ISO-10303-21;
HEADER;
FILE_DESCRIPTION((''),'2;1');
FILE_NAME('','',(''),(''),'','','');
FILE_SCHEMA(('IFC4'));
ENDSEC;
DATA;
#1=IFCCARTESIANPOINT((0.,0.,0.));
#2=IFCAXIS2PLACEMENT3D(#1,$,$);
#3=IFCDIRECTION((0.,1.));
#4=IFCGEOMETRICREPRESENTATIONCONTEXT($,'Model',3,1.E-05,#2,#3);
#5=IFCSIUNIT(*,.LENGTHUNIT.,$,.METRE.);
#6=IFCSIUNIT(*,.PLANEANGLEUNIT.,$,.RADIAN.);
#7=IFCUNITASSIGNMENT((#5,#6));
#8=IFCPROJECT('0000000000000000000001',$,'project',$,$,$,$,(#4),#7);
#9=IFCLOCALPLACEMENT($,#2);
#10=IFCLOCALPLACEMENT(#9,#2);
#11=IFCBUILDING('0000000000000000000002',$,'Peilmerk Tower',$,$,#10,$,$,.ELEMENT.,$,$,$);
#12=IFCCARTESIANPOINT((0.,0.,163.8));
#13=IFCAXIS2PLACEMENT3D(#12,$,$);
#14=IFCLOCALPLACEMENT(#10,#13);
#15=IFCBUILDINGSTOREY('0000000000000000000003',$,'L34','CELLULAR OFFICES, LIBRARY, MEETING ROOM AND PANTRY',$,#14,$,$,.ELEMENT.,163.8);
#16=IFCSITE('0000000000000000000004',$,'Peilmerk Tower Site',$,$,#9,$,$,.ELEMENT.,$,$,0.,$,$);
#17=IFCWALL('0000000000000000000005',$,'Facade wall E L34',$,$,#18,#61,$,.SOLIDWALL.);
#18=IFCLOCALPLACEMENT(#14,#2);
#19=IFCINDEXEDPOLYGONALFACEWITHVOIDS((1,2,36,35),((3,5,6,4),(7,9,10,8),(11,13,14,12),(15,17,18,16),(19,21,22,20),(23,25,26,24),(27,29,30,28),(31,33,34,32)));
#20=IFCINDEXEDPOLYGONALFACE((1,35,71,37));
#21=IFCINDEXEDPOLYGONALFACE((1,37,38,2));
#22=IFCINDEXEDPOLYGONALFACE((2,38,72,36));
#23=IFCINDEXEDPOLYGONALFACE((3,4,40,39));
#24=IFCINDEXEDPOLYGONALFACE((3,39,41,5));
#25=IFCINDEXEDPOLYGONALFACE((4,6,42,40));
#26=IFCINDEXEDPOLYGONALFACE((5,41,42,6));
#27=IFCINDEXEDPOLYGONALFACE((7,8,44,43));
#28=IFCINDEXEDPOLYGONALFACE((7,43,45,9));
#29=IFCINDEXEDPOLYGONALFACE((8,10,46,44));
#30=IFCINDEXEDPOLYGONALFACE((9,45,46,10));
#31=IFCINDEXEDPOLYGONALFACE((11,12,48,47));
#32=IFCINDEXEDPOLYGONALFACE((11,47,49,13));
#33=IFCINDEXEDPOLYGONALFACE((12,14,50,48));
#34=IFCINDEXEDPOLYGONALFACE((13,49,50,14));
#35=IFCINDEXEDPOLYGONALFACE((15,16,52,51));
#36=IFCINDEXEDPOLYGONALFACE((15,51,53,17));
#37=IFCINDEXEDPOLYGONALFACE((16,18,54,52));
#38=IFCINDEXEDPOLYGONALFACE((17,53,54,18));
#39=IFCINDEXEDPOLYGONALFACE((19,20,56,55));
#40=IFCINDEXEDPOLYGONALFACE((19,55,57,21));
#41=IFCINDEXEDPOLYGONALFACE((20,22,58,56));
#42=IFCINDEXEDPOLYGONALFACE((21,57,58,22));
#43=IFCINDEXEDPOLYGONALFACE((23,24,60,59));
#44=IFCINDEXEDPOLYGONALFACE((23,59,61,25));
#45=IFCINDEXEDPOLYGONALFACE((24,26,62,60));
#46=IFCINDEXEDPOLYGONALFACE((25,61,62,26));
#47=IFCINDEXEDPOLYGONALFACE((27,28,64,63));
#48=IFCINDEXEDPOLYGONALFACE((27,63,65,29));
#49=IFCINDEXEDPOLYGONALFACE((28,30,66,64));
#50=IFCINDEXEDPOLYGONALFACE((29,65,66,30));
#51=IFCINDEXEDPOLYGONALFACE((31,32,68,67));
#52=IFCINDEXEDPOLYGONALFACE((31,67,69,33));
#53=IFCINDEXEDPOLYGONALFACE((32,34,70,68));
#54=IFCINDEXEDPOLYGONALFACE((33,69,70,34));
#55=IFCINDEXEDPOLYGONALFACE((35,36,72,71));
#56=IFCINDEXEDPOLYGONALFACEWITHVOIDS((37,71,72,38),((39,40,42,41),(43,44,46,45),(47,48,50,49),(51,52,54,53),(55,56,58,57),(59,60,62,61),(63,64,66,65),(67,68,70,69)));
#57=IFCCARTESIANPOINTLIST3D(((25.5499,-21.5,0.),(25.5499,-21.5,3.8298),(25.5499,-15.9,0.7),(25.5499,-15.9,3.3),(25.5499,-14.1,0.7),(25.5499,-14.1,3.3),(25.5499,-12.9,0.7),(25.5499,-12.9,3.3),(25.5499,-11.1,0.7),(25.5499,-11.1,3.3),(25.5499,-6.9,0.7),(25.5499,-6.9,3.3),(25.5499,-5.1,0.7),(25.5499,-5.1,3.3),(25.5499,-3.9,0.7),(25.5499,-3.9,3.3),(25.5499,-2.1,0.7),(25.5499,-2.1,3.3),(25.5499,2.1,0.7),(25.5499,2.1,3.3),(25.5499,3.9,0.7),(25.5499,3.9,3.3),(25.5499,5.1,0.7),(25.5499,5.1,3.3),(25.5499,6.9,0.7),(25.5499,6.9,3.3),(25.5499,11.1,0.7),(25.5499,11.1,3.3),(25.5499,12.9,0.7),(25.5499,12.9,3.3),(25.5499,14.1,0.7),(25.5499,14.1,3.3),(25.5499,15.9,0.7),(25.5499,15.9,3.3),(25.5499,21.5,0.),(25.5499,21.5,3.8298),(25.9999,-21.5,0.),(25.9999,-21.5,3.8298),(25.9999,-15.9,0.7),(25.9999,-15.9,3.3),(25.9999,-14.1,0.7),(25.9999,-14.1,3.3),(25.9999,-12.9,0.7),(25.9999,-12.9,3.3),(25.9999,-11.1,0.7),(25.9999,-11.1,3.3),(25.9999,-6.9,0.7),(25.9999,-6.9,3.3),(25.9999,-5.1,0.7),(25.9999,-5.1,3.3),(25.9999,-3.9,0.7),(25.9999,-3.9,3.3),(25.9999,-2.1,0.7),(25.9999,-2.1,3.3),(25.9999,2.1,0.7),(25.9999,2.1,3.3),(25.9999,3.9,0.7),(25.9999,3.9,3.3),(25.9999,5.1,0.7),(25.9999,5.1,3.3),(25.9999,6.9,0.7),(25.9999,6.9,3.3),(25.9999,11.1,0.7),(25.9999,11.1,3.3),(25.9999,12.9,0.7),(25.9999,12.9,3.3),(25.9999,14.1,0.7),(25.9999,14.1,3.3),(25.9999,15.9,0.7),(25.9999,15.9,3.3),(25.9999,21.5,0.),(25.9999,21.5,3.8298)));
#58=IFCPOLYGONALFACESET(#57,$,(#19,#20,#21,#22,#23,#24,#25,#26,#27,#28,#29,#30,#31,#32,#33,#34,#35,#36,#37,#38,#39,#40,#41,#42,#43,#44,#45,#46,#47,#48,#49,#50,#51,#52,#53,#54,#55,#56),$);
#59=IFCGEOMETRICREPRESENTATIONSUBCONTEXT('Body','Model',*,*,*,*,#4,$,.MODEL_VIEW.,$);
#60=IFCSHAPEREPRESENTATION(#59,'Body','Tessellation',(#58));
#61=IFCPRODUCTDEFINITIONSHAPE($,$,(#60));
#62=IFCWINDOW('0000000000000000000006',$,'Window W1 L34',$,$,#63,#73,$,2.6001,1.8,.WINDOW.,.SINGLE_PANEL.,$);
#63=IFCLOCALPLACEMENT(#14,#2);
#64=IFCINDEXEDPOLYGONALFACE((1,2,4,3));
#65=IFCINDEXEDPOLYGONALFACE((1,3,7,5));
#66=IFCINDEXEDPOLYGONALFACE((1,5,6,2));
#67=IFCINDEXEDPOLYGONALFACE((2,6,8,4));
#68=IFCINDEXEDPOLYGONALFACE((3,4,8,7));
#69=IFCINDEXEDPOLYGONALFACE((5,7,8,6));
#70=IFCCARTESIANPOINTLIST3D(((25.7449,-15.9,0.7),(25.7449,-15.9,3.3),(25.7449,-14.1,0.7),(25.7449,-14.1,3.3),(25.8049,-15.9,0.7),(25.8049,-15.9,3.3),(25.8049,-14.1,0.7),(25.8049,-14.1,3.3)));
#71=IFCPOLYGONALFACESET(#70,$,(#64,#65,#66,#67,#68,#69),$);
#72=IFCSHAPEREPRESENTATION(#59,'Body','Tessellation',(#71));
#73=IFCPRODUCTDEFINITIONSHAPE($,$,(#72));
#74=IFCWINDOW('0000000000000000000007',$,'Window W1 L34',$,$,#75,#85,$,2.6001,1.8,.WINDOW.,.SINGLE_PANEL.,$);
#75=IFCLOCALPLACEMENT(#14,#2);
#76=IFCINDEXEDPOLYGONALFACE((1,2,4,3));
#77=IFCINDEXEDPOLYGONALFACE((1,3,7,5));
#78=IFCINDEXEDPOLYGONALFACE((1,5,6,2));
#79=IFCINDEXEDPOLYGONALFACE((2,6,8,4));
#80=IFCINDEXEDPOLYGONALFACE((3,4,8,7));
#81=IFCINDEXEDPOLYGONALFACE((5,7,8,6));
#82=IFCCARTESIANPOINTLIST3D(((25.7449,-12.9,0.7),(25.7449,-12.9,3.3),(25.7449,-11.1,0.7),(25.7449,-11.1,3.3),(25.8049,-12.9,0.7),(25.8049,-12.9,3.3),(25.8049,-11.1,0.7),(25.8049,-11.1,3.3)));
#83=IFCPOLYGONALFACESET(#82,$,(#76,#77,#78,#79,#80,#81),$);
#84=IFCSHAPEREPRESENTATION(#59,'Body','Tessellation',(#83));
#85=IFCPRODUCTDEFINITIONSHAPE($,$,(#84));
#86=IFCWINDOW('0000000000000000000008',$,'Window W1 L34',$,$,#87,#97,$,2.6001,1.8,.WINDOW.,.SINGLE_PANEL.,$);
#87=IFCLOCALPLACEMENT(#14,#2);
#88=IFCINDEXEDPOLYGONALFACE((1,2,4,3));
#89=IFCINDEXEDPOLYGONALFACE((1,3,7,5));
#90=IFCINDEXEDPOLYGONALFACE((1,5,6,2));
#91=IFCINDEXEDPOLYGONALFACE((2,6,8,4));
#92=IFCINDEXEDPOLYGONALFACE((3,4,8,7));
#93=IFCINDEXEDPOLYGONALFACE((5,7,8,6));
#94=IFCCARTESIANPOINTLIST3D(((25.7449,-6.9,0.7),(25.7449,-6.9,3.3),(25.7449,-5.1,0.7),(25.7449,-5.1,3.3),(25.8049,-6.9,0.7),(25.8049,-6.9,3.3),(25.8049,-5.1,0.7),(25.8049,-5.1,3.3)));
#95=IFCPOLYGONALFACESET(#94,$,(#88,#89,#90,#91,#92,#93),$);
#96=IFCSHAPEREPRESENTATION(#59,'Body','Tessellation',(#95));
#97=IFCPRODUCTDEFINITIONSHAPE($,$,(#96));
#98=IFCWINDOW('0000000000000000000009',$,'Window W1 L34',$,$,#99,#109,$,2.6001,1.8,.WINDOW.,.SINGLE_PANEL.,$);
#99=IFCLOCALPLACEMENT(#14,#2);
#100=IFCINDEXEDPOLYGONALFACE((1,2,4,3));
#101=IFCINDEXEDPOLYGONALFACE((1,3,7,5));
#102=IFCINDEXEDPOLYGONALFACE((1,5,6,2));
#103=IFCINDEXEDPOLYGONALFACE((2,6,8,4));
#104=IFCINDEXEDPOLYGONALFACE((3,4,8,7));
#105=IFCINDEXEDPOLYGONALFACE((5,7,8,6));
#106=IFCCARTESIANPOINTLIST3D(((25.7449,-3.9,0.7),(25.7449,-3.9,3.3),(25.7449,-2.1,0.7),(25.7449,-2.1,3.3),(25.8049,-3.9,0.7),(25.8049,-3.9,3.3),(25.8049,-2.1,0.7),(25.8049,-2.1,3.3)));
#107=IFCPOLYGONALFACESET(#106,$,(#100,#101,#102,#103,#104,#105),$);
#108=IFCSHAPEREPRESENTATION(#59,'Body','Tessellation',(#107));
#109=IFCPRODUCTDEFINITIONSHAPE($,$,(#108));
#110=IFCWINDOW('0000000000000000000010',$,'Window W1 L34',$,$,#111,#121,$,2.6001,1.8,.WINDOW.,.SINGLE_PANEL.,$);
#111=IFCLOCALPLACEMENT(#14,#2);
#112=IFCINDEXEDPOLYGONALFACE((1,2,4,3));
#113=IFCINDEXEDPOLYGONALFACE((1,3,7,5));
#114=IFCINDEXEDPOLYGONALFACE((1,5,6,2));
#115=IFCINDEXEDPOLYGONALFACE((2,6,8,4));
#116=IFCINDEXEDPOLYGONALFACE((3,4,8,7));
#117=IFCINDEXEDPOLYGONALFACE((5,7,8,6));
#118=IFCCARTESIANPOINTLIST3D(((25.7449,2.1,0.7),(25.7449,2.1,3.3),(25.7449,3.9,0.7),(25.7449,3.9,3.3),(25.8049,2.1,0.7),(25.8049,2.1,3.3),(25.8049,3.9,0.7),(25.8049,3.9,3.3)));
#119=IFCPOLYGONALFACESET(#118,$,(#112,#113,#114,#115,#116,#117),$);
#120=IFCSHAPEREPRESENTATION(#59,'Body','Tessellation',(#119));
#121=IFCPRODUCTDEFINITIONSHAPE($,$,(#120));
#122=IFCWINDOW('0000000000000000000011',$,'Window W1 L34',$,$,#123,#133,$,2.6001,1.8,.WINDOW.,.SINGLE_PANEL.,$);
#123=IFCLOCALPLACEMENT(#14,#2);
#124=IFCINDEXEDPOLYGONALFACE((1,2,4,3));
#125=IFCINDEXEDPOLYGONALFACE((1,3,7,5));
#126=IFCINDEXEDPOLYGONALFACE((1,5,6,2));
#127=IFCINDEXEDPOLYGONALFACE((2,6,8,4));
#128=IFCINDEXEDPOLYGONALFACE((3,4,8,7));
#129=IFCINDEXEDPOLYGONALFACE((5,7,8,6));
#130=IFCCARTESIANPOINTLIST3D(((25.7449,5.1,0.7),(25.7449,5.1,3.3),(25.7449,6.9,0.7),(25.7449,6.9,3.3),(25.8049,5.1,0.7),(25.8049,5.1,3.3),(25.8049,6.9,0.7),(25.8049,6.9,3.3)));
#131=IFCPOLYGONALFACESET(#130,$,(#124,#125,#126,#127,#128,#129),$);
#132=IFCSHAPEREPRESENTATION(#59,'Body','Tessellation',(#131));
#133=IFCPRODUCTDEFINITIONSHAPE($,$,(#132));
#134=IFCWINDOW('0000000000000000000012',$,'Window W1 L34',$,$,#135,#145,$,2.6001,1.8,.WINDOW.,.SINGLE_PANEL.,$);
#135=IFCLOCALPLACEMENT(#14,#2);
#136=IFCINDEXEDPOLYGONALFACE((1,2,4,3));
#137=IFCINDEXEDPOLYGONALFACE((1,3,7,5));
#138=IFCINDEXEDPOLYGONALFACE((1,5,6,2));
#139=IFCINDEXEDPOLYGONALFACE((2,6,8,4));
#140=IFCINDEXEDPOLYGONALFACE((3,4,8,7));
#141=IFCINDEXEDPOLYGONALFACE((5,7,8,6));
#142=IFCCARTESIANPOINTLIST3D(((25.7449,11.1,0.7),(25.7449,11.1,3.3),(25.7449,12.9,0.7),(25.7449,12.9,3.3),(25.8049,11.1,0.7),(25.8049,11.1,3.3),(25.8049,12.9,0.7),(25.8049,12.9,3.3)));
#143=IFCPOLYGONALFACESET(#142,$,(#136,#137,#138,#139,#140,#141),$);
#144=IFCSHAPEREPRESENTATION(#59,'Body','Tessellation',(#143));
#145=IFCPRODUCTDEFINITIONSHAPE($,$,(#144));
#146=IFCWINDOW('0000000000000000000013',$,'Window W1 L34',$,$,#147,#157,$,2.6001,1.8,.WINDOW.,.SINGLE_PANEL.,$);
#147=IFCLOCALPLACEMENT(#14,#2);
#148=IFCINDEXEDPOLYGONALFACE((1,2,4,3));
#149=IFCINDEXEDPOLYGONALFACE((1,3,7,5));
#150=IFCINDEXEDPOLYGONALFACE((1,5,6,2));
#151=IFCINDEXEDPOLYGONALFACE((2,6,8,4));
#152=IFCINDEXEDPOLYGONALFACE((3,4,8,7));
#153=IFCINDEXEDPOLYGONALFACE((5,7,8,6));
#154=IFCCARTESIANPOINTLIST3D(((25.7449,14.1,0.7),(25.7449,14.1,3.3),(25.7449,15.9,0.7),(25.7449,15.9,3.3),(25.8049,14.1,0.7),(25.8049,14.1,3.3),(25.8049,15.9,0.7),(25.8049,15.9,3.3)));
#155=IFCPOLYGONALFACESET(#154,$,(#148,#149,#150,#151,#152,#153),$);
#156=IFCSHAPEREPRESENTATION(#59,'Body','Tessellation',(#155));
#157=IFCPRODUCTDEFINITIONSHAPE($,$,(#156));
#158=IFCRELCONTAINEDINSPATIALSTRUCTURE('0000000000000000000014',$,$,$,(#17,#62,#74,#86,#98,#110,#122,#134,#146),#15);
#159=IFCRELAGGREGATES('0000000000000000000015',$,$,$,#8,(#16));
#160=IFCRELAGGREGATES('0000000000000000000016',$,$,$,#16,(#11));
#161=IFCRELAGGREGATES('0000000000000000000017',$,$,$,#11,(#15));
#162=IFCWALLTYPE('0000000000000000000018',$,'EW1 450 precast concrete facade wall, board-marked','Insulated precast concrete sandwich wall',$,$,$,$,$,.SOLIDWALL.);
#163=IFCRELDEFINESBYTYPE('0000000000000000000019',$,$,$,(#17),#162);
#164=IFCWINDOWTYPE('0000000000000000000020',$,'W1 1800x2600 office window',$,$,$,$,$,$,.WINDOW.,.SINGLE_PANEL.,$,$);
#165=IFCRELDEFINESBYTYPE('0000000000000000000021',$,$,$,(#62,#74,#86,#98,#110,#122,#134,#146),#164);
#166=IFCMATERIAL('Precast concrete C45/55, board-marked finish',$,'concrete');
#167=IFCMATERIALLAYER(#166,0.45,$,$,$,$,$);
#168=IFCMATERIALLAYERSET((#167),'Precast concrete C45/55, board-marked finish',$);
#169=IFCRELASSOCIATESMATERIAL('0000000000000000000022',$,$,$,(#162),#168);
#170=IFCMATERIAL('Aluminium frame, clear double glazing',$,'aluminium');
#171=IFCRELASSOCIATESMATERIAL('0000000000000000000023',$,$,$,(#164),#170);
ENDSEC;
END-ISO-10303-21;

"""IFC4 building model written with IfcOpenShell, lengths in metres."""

from ifc_helpers import new_model, si_unit, direction, frame, frame_2d, origin, place, context, subcontext, project, spatial, rectangle, extrude, material, layer, layer_set, type_object, element, fill, save


model = new_model("IFC4")

# Units and contexts
model_context = context("Model", 3, precision=1e-05, world=origin(), true_north=direction((0.0, 1.0)))
body_context = subcontext(model_context, "Body", "Model", "MODEL_VIEW")
ifc_project = project(units=[si_unit("LENGTHUNIT", "METRE"), si_unit("PLANEANGLEUNIT", "RADIAN")], contexts=[model_context])

# Site, building, storey
site_placement = place(None, origin())
site = spatial("IfcSite", under=ifc_project, at=site_placement, Name="Peilmerk Tower Site", CompositionType="ELEMENT", RefElevation=0.0)
building_placement = place(site_placement, origin())
building = spatial("IfcBuilding", under=site, at=building_placement, Name="Peilmerk Tower", CompositionType="ELEMENT")
storey_placement = place(building_placement, frame((0.0, 0.0, 163.8)))
storey = spatial("IfcBuildingStorey", under=building, at=storey_placement, Name="L34", Description="CELLULAR OFFICES, LIBRARY, MEETING ROOM AND PANTRY", CompositionType="ELEMENT", Elevation=163.8)

# Wall, openings, windows
ifc_material_1 = material(Name="Precast concrete C45/55, board-marked finish", Category="concrete")
ifc_layer_1 = layer(ifc_material_1, 0.45)
ifc_layer_set_1 = layer_set([ifc_layer_1], Name="Precast concrete C45/55, board-marked finish")
wall_type = type_object("IfcWallType", Name="EW1 450 precast concrete facade wall, board-marked", Description="Insulated precast concrete sandwich wall", PredefinedType="SOLIDWALL", material=ifc_layer_set_1)
wall_1_placement = place(storey_placement, frame((25.7749, -21.5, 0.0), z_axis=(0.0, 0.0, 1.0), x_axis=(0.0, 1.0, 0.0)))
wall_1 = element("IfcWall", 1, at=wall_1_placement, inside=storey, type_object=wall_type, Name="Facade wall E L34", PredefinedType="SOLIDWALL", context=body_context, shape_type="SweptSolid", body=[
    extrude(rectangle(XDim=43.0, YDim=0.45, at=frame_2d((21.5, 0.0))), origin(), (0.0, 0.0, 1.0), 3.8298),
])
opening_1_placement = place(wall_1_placement, frame((5.6001, 0.0, 0.7)))
opening_1 = element("IfcOpeningElement", 2, at=opening_1_placement, cuts=wall_1, PredefinedType="OPENING", context=body_context, shape_type="SweptSolid", body=[
    extrude(rectangle(XDim=1.8, YDim=2.6001, at=frame_2d((0.8999, 1.3))), frame((0.0, 0.2349, 0.0), z_axis=(0.0, -1.0, 0.0), x_axis=(1.0, 0.0, 0.0)), (0.0, 0.0, 1.0), 0.47),
])
opening_2_placement = place(wall_1_placement, frame((8.6001, 0.0, 0.7)))
opening_2 = element("IfcOpeningElement", 3, at=opening_2_placement, cuts=wall_1, PredefinedType="OPENING", context=body_context, shape_type="SweptSolid", body=[
    extrude(rectangle(XDim=1.8, YDim=2.6001, at=frame_2d((0.8999, 1.3))), frame((0.0, 0.2349, 0.0), z_axis=(0.0, -1.0, 0.0), x_axis=(1.0, 0.0, 0.0)), (0.0, 0.0, 1.0), 0.47),
])
opening_3_placement = place(wall_1_placement, frame((14.6001, 0.0, 0.7)))
opening_3 = element("IfcOpeningElement", 4, at=opening_3_placement, cuts=wall_1, PredefinedType="OPENING", context=body_context, shape_type="SweptSolid", body=[
    extrude(rectangle(XDim=1.8, YDim=2.6001, at=frame_2d((0.8999, 1.3))), frame((0.0, 0.2349, 0.0), z_axis=(0.0, -1.0, 0.0), x_axis=(1.0, 0.0, 0.0)), (0.0, 0.0, 1.0), 0.47),
])
opening_4_placement = place(wall_1_placement, frame((17.6001, 0.0, 0.7)))
opening_4 = element("IfcOpeningElement", 5, at=opening_4_placement, cuts=wall_1, PredefinedType="OPENING", context=body_context, shape_type="SweptSolid", body=[
    extrude(rectangle(XDim=1.8, YDim=2.6001, at=frame_2d((0.8999, 1.3))), frame((0.0, 0.2349, 0.0), z_axis=(0.0, -1.0, 0.0), x_axis=(1.0, 0.0, 0.0)), (0.0, 0.0, 1.0), 0.47),
])
opening_5_placement = place(wall_1_placement, frame((23.6001, 0.0, 0.7)))
opening_5 = element("IfcOpeningElement", 6, at=opening_5_placement, cuts=wall_1, PredefinedType="OPENING", context=body_context, shape_type="SweptSolid", body=[
    extrude(rectangle(XDim=1.8, YDim=2.6001, at=frame_2d((0.8999, 1.3))), frame((0.0, 0.2349, 0.0), z_axis=(0.0, -1.0, 0.0), x_axis=(1.0, 0.0, 0.0)), (0.0, 0.0, 1.0), 0.47),
])
opening_6_placement = place(wall_1_placement, frame((26.6001, 0.0, 0.7)))
opening_6 = element("IfcOpeningElement", 7, at=opening_6_placement, cuts=wall_1, PredefinedType="OPENING", context=body_context, shape_type="SweptSolid", body=[
    extrude(rectangle(XDim=1.8, YDim=2.6001, at=frame_2d((0.8999, 1.3))), frame((0.0, 0.2349, 0.0), z_axis=(0.0, -1.0, 0.0), x_axis=(1.0, 0.0, 0.0)), (0.0, 0.0, 1.0), 0.47),
])
opening_7_placement = place(wall_1_placement, frame((32.6001, 0.0, 0.7)))
opening_7 = element("IfcOpeningElement", 8, at=opening_7_placement, cuts=wall_1, PredefinedType="OPENING", context=body_context, shape_type="SweptSolid", body=[
    extrude(rectangle(XDim=1.8, YDim=2.6001, at=frame_2d((0.8999, 1.3))), frame((0.0, 0.2349, 0.0), z_axis=(0.0, -1.0, 0.0), x_axis=(1.0, 0.0, 0.0)), (0.0, 0.0, 1.0), 0.47),
])
opening_8_placement = place(wall_1_placement, frame((35.6001, 0.0, 0.7)))
opening_8 = element("IfcOpeningElement", 9, at=opening_8_placement, cuts=wall_1, PredefinedType="OPENING", context=body_context, shape_type="SweptSolid", body=[
    extrude(rectangle(XDim=1.8, YDim=2.6001, at=frame_2d((0.8999, 1.3))), frame((0.0, 0.2349, 0.0), z_axis=(0.0, -1.0, 0.0), x_axis=(1.0, 0.0, 0.0)), (0.0, 0.0, 1.0), 0.47),
])
ifc_material_2 = material(Name="Aluminium frame, clear double glazing", Category="aluminium")
window_type = type_object("IfcWindowType", Name="W1 1800x2600 office window", PartitioningType="SINGLE_PANEL", PredefinedType="WINDOW", material=ifc_material_2)
window_1_placement = place(opening_1_placement, origin())
window_1 = element("IfcWindow", 10, at=window_1_placement, inside=storey, type_object=window_type, Name="Window W1 L34", OverallHeight=2.6001, OverallWidth=1.8, PartitioningType="SINGLE_PANEL", PredefinedType="WINDOW", context=body_context, shape_type="SweptSolid", body=[
    extrude(rectangle(XDim=1.8, YDim=2.6001, at=frame_2d((0.8999, 1.3))), frame((0.0, 0.03, 0.0), z_axis=(0.0, -1.0, 0.0), x_axis=(1.0, 0.0, 0.0)), (0.0, 0.0, 1.0), 0.0601),
])
fill(opening_1, window_1)
window_2_placement = place(opening_2_placement, origin())
window_2 = element("IfcWindow", 11, at=window_2_placement, inside=storey, type_object=window_type, Name="Window W1 L34", OverallHeight=2.6001, OverallWidth=1.8, PartitioningType="SINGLE_PANEL", PredefinedType="WINDOW", context=body_context, shape_type="SweptSolid", body=[
    extrude(rectangle(XDim=1.8, YDim=2.6001, at=frame_2d((0.8999, 1.3))), frame((0.0, 0.03, 0.0), z_axis=(0.0, -1.0, 0.0), x_axis=(1.0, 0.0, 0.0)), (0.0, 0.0, 1.0), 0.0601),
])
fill(opening_2, window_2)
window_3_placement = place(opening_3_placement, origin())
window_3 = element("IfcWindow", 12, at=window_3_placement, inside=storey, type_object=window_type, Name="Window W1 L34", OverallHeight=2.6001, OverallWidth=1.8, PartitioningType="SINGLE_PANEL", PredefinedType="WINDOW", context=body_context, shape_type="SweptSolid", body=[
    extrude(rectangle(XDim=1.8, YDim=2.6001, at=frame_2d((0.8999, 1.3))), frame((0.0, 0.03, 0.0), z_axis=(0.0, -1.0, 0.0), x_axis=(1.0, 0.0, 0.0)), (0.0, 0.0, 1.0), 0.0601),
])
fill(opening_3, window_3)
window_4_placement = place(opening_4_placement, origin())
window_4 = element("IfcWindow", 13, at=window_4_placement, inside=storey, type_object=window_type, Name="Window W1 L34", OverallHeight=2.6001, OverallWidth=1.8, PartitioningType="SINGLE_PANEL", PredefinedType="WINDOW", context=body_context, shape_type="SweptSolid", body=[
    extrude(rectangle(XDim=1.8, YDim=2.6001, at=frame_2d((0.8999, 1.3))), frame((0.0, 0.03, 0.0), z_axis=(0.0, -1.0, 0.0), x_axis=(1.0, 0.0, 0.0)), (0.0, 0.0, 1.0), 0.0601),
])
fill(opening_4, window_4)
window_5_placement = place(opening_5_placement, origin())
window_5 = element("IfcWindow", 14, at=window_5_placement, inside=storey, type_object=window_type, Name="Window W1 L34", OverallHeight=2.6001, OverallWidth=1.8, PartitioningType="SINGLE_PANEL", PredefinedType="WINDOW", context=body_context, shape_type="SweptSolid", body=[
    extrude(rectangle(XDim=1.8, YDim=2.6001, at=frame_2d((0.8999, 1.3))), frame((0.0, 0.03, 0.0), z_axis=(0.0, -1.0, 0.0), x_axis=(1.0, 0.0, 0.0)), (0.0, 0.0, 1.0), 0.0601),
])
fill(opening_5, window_5)
window_6_placement = place(opening_6_placement, origin())
window_6 = element("IfcWindow", 15, at=window_6_placement, inside=storey, type_object=window_type, Name="Window W1 L34", OverallHeight=2.6001, OverallWidth=1.8, PartitioningType="SINGLE_PANEL", PredefinedType="WINDOW", context=body_context, shape_type="SweptSolid", body=[
    extrude(rectangle(XDim=1.8, YDim=2.6001, at=frame_2d((0.8999, 1.3))), frame((0.0, 0.03, 0.0), z_axis=(0.0, -1.0, 0.0), x_axis=(1.0, 0.0, 0.0)), (0.0, 0.0, 1.0), 0.0601),
])
fill(opening_6, window_6)
window_7_placement = place(opening_7_placement, origin())
window_7 = element("IfcWindow", 16, at=window_7_placement, inside=storey, type_object=window_type, Name="Window W1 L34", OverallHeight=2.6001, OverallWidth=1.8, PartitioningType="SINGLE_PANEL", PredefinedType="WINDOW", context=body_context, shape_type="SweptSolid", body=[
    extrude(rectangle(XDim=1.8, YDim=2.6001, at=frame_2d((0.8999, 1.3))), frame((0.0, 0.03, 0.0), z_axis=(0.0, -1.0, 0.0), x_axis=(1.0, 0.0, 0.0)), (0.0, 0.0, 1.0), 0.0601),
])
fill(opening_7, window_7)
window_8_placement = place(opening_8_placement, origin())
window_8 = element("IfcWindow", 17, at=window_8_placement, inside=storey, type_object=window_type, Name="Window W1 L34", OverallHeight=2.6001, OverallWidth=1.8, PartitioningType="SINGLE_PANEL", PredefinedType="WINDOW", context=body_context, shape_type="SweptSolid", body=[
    extrude(rectangle(XDim=1.8, YDim=2.6001, at=frame_2d((0.8999, 1.3))), frame((0.0, 0.03, 0.0), z_axis=(0.0, -1.0, 0.0), x_axis=(1.0, 0.0, 0.0)), (0.0, 0.0, 1.0), 0.0601),
])
fill(opening_8, window_8)

save(model, "model.ifc")
